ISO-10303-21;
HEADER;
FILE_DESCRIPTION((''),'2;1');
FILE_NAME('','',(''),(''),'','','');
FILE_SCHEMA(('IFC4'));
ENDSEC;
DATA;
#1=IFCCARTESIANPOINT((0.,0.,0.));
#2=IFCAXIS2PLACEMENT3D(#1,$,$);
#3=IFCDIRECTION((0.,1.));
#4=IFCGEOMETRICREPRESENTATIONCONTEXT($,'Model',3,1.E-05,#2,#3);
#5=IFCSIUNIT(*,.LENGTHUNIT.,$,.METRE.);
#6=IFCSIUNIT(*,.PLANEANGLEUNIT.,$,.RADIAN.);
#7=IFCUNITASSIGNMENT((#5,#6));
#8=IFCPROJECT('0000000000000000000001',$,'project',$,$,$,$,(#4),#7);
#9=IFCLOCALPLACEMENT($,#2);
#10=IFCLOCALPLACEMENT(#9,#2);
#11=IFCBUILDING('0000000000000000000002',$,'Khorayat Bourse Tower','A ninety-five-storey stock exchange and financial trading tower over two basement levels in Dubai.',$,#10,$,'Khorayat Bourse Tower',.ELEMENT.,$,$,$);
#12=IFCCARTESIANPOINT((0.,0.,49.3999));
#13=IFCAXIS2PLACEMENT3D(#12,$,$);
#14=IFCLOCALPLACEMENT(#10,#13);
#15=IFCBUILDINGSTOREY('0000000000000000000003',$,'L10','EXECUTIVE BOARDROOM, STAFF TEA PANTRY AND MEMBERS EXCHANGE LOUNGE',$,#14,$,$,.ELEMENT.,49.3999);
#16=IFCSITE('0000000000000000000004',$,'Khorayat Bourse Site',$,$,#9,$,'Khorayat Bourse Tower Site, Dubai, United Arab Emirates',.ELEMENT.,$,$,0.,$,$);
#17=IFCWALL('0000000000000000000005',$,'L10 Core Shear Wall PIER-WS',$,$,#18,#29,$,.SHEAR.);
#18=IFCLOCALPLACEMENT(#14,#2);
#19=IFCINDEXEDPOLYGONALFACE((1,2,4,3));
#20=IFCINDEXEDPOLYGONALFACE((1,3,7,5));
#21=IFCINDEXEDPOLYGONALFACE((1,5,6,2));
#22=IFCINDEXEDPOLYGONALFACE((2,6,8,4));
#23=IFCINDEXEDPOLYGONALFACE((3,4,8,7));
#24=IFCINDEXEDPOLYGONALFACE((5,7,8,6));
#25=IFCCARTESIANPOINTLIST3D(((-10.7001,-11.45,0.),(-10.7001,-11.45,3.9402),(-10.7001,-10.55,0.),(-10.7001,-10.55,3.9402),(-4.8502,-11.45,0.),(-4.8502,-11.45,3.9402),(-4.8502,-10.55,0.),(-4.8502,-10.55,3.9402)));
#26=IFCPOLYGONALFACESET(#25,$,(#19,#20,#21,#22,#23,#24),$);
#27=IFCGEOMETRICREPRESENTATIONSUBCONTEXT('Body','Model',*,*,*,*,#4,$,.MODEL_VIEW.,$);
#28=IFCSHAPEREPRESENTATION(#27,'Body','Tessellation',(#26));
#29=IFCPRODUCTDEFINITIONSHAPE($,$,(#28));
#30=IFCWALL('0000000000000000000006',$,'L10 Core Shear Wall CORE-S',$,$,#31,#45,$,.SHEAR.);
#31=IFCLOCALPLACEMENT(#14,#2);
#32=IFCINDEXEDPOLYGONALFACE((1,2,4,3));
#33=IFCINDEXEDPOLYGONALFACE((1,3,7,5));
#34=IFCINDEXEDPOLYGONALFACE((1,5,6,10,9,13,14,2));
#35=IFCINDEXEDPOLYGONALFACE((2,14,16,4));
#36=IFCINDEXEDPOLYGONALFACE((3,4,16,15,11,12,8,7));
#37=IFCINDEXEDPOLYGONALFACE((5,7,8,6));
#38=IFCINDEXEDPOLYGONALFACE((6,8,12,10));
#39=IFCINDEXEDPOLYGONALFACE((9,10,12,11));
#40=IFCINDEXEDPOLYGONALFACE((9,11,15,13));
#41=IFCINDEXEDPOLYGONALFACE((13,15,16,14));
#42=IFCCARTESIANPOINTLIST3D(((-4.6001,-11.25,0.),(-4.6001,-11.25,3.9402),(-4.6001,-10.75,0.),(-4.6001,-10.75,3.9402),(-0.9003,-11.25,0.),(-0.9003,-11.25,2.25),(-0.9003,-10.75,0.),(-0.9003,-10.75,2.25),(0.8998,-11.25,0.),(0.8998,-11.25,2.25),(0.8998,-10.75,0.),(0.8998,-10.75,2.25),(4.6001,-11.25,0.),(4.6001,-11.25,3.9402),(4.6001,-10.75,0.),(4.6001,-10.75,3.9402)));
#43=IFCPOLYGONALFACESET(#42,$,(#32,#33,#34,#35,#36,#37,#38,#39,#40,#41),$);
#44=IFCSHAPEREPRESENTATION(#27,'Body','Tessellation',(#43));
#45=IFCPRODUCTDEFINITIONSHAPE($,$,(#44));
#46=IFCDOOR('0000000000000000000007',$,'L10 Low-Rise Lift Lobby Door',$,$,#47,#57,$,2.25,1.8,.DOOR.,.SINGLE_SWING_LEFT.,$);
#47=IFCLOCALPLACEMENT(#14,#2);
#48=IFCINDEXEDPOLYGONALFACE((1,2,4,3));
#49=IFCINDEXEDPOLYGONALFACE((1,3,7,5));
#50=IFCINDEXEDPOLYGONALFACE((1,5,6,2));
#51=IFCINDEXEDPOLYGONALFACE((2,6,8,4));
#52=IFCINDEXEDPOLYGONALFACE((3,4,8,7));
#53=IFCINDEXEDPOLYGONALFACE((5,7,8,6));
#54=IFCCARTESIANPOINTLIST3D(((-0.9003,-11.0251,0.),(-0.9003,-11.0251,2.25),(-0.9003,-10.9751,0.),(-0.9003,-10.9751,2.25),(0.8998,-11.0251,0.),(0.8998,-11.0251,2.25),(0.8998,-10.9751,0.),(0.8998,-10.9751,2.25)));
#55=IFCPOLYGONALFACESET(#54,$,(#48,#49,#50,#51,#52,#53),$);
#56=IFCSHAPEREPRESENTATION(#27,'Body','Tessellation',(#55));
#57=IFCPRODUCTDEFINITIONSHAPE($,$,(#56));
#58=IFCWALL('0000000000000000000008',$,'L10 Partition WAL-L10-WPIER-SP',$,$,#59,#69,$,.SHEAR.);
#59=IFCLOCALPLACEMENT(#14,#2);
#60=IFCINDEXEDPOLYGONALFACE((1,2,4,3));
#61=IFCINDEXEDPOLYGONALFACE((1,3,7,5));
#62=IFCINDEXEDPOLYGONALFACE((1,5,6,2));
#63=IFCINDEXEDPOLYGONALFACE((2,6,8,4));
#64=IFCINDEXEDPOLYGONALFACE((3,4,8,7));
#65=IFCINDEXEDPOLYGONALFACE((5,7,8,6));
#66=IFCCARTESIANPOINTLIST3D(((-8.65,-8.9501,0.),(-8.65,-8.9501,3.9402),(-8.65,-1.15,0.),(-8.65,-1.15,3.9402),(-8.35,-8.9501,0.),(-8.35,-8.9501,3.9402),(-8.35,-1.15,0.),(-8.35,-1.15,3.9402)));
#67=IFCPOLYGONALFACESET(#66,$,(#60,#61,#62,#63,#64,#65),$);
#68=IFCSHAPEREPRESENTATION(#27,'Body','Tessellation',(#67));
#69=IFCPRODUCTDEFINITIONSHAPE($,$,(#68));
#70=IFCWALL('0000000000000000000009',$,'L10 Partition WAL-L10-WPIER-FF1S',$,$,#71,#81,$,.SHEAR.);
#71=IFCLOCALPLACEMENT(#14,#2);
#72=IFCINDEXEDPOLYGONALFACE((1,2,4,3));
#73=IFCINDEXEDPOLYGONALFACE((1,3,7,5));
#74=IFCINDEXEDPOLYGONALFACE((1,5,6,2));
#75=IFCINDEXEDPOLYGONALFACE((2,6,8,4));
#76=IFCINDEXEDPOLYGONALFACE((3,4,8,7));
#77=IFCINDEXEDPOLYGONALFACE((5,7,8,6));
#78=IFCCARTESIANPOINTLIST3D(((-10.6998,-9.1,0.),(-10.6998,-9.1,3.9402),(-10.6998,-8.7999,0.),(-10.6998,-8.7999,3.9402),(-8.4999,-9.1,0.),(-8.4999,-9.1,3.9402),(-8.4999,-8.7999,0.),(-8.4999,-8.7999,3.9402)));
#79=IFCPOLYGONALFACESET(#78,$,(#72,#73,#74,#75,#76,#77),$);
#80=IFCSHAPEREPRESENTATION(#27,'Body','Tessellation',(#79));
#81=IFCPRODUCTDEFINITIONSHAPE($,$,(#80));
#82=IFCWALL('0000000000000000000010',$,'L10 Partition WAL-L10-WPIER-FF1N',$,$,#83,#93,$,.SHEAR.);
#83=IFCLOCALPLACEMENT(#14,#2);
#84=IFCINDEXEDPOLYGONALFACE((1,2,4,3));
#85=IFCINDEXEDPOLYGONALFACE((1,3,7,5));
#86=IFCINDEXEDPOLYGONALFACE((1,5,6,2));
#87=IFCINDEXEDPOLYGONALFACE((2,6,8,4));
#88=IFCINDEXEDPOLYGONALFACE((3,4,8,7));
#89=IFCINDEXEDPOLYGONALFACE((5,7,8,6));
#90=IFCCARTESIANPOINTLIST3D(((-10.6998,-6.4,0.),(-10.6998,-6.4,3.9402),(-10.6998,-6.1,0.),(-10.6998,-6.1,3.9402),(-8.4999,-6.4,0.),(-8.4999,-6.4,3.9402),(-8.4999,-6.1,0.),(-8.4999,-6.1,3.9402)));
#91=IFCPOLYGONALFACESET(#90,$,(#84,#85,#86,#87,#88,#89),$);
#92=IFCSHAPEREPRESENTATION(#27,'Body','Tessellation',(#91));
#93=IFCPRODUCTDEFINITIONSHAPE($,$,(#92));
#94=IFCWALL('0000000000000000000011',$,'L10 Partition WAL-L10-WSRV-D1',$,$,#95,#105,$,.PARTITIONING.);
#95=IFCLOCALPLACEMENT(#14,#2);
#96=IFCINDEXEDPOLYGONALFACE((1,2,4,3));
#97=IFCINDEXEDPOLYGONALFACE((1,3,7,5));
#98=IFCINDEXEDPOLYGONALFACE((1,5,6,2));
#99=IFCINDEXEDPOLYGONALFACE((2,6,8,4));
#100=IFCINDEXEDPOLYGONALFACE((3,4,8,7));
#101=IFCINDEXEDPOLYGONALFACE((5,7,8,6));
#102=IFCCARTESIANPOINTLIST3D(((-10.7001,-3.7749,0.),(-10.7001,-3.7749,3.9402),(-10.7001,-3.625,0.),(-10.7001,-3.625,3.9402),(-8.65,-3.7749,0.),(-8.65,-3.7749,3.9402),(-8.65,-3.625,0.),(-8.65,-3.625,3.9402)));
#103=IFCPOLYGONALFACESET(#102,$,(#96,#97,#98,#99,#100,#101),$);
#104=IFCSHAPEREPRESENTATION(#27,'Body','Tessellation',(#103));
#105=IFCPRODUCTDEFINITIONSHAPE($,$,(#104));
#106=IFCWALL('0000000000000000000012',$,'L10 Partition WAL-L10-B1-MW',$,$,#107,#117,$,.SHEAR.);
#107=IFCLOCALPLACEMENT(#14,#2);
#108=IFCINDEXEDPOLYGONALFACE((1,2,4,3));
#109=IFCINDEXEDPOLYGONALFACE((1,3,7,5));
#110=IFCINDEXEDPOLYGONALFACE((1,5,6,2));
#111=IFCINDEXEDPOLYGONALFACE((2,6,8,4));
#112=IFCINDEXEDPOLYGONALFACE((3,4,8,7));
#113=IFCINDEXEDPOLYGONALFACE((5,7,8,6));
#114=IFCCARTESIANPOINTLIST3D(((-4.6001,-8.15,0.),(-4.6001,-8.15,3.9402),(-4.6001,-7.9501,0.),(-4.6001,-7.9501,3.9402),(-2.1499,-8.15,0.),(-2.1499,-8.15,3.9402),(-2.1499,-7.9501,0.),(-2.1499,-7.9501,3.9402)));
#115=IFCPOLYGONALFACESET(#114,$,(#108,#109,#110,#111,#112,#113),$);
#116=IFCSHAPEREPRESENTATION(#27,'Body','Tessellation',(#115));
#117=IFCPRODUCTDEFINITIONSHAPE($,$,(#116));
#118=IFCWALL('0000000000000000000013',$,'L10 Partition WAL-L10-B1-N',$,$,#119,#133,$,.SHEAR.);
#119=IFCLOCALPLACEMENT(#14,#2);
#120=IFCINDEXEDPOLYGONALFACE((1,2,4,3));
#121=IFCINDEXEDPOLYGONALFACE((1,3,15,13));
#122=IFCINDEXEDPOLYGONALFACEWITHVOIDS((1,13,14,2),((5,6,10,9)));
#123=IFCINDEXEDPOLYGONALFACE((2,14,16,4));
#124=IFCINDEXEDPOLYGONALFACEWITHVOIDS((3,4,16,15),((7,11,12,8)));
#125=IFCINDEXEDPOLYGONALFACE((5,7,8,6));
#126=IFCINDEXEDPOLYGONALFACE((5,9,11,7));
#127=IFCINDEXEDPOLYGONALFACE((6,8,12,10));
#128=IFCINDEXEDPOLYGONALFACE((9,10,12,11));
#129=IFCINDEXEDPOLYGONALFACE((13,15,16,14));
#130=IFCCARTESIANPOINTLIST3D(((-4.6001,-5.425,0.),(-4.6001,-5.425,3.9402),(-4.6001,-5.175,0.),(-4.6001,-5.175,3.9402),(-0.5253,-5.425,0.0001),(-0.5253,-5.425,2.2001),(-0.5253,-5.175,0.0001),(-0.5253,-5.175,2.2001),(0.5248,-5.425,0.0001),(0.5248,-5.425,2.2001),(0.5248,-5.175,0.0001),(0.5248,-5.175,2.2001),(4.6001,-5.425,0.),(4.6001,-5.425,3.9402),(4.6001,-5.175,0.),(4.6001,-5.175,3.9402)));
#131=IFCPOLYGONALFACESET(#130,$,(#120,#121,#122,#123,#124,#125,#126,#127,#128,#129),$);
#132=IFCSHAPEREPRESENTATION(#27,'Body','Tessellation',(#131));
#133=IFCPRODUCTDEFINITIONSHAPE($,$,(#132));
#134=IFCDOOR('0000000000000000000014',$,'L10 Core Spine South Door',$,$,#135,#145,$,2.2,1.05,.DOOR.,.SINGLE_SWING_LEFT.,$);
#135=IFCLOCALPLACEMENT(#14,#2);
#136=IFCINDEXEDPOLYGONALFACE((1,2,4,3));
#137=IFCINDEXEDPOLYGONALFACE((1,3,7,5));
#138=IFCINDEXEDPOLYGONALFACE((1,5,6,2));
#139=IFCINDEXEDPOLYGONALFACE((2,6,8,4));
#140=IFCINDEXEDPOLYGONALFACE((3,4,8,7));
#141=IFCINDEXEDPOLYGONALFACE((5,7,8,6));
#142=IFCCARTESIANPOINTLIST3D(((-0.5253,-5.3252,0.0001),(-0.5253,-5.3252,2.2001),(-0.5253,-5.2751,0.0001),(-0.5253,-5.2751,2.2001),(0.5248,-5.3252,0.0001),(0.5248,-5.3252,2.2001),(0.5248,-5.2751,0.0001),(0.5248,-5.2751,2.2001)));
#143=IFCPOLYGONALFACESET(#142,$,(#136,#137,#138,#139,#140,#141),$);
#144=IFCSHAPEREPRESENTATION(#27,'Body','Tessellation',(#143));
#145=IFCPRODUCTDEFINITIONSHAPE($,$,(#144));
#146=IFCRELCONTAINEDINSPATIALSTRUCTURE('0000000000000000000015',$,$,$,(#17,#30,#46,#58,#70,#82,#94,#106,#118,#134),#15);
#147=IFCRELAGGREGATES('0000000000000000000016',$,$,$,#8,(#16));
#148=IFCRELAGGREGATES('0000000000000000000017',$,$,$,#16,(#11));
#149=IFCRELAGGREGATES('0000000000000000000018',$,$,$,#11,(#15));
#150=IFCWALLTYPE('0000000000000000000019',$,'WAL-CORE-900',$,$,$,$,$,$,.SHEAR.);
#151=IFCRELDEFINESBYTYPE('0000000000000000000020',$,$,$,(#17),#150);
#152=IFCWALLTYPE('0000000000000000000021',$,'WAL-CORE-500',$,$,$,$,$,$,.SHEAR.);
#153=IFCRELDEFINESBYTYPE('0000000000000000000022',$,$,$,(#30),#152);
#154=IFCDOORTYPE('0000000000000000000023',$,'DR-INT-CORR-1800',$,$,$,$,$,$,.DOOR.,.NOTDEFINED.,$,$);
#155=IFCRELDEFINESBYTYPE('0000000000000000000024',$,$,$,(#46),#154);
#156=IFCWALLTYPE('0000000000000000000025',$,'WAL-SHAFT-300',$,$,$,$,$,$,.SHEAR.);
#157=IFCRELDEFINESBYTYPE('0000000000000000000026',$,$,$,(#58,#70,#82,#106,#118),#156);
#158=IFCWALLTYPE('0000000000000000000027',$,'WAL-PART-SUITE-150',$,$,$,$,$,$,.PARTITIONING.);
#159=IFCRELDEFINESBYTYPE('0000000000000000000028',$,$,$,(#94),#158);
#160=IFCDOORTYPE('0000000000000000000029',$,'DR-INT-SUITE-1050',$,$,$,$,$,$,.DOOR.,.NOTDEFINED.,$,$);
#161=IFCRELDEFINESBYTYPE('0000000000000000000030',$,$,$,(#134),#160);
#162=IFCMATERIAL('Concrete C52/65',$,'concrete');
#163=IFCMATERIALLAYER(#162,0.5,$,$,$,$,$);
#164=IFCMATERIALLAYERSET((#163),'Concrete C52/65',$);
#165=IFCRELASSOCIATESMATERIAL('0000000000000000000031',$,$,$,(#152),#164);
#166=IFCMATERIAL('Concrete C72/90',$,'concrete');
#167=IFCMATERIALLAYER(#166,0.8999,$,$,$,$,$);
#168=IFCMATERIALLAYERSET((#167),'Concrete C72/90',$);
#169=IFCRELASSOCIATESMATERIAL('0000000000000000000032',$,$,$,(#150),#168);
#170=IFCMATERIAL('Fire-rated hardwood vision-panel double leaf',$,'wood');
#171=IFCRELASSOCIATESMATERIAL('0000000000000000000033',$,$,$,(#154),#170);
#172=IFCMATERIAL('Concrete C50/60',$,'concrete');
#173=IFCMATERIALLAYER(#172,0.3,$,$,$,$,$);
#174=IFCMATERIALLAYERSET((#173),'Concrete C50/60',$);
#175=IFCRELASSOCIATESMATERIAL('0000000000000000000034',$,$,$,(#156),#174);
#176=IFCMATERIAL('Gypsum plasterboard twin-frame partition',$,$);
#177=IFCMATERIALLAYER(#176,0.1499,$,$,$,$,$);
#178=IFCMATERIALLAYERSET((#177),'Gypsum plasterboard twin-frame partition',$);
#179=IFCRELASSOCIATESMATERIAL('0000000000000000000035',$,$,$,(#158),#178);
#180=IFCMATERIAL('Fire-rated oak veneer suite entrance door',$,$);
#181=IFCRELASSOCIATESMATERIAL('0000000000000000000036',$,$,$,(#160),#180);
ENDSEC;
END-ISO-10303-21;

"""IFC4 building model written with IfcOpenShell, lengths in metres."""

from ifc_helpers import new_model, si_unit, direction, frame, frame_2d, origin, place, context, subcontext, project, spatial, rectangle, extrude, source, transform, mapped, material, layer, layer_set, type_object, element, fill, save


model = new_model("IFC4")

# Units and contexts
model_context = context("Model", 3, precision=1e-05, world=origin(), true_north=direction((0.0, 1.0)))
body_context = subcontext(model_context, "Body", "Model", "MODEL_VIEW")
ifc_project = project(units=[si_unit("LENGTHUNIT", "METRE"), si_unit("PLANEANGLEUNIT", "RADIAN")], contexts=[model_context])

# Site, building, storey
site_placement = place(None, origin())
site = spatial("IfcSite", under=ifc_project, at=site_placement, Name="Khorayat Bourse Site", LongName="Khorayat Bourse Tower Site, Dubai, United Arab Emirates", CompositionType="ELEMENT", RefElevation=0.0)
building_placement = place(site_placement, origin())
building = spatial("IfcBuilding", under=site, at=building_placement, Name="Khorayat Bourse Tower", Description="A ninety-five-storey stock exchange and financial trading tower over two basement levels in Dubai.", LongName="Khorayat Bourse Tower", CompositionType="ELEMENT")
storey_placement = place(building_placement, frame((0.0, 0.0, 49.3999)))
storey = spatial("IfcBuildingStorey", under=building, at=storey_placement, Name="L10", Description="EXECUTIVE BOARDROOM, STAFF TEA PANTRY AND MEMBERS EXCHANGE LOUNGE", CompositionType="ELEMENT", Elevation=49.3999)

# Shared definitions
ifc_material_1 = material(Name="Concrete C72/90", Category="concrete")

# Wall
ifc_material_2 = material(Name="Concrete C52/65", Category="concrete")
ifc_layer_1 = layer(ifc_material_2, 0.5)
ifc_layer_set_1 = layer_set([ifc_layer_1], Name="Concrete C52/65")
wall_type_1 = type_object("IfcWallType", Name="WAL-CORE-500", PredefinedType="SHEAR", material=ifc_layer_set_1)
ifc_layer_2 = layer(ifc_material_1, 0.8999)
ifc_layer_set_2 = layer_set([ifc_layer_2], Name="Concrete C72/90")
wall_type_2 = type_object("IfcWallType", Name="WAL-CORE-900", PredefinedType="SHEAR", material=ifc_layer_set_2)
shared_shape_1 = source(origin(), body_context, "Body", "SweptSolid", [
    extrude(rectangle(XDim=5.8499, YDim=0.8999, at=frame_2d((2.9248, 0.0))), origin(), (0.0, 0.0, 1.0), 3.9402),
])
wall_1_placement = place(storey_placement, frame((-10.7, -11.0, 0.0), z_axis=(0.0, 0.0, 1.0), x_axis=(1.0, 0.0, 0.0)))
element("IfcWall", 1, at=wall_1_placement, inside=storey, type_object=wall_type_2, Name="L10 Core Shear Wall PIER-WS", PredefinedType="SHEAR", context=body_context, shape_type="MappedRepresentation", body=[
    mapped(shared_shape_1, transform((0.0, 0.0, 0.0), scale=1.0)),
])

# Wall, opening, door
shared_shape_2 = source(origin(), body_context, "Body", "SweptSolid", [
    extrude(rectangle(XDim=9.2002, YDim=0.5, at=frame_2d((4.6001, 0.0))), origin(), (0.0, 0.0, 1.0), 3.9402),
])
wall_2_placement = place(storey_placement, frame((-4.6001, -11.0, 0.0), z_axis=(0.0, 0.0, 1.0), x_axis=(1.0, 0.0, 0.0)))
wall_2 = element("IfcWall", 2, at=wall_2_placement, inside=storey, type_object=wall_type_1, Name="L10 Core Shear Wall CORE-S", PredefinedType="SHEAR", context=body_context, shape_type="MappedRepresentation", body=[
    mapped(shared_shape_2, transform((0.0, 0.0, 0.0), scale=1.0)),
])
shared_shape_3 = source(origin(), body_context, "Body", "SweptSolid", [
    extrude(rectangle(XDim=1.8, YDim=2.25, at=frame_2d((0.8999, 1.125))), frame((0.0, 0.26, 0.0), z_axis=(0.0, -1.0, 0.0), x_axis=(1.0, 0.0, 0.0)), (0.0, 0.0, 1.0), 0.52),
])
opening_1_placement = place(wall_2_placement, frame((3.7, 0.0, 0.0)))
opening_1 = element("IfcOpeningElement", 3, at=opening_1_placement, cuts=wall_2, PredefinedType="OPENING", context=body_context, shape_type="MappedRepresentation", body=[
    mapped(shared_shape_3, transform((0.0, 0.0, 0.0), scale=1.0)),
])
ifc_material_3 = material(Name="Fire-rated hardwood vision-panel double leaf", Category="wood")
door_type_1 = type_object("IfcDoorType", Name="DR-INT-CORR-1800", OperationType="NOTDEFINED", PredefinedType="DOOR", material=ifc_material_3)
shared_shape_4 = source(origin(), body_context, "Body", "SweptSolid", [
    extrude(rectangle(XDim=1.8, YDim=2.25, at=frame_2d((0.8999, 1.125))), frame((0.0, 0.0249, 0.0), z_axis=(0.0, -1.0, 0.0), x_axis=(1.0, 0.0, 0.0)), (0.0, 0.0, 1.0), 0.05),
])
door_1_placement = place(opening_1_placement, origin())
door_1 = element("IfcDoor", 4, at=door_1_placement, inside=storey, type_object=door_type_1, Name="L10 Low-Rise Lift Lobby Door", OperationType="SINGLE_SWING_LEFT", OverallHeight=2.25, OverallWidth=1.8, PredefinedType="DOOR", context=body_context, shape_type="MappedRepresentation", body=[
    mapped(shared_shape_4, transform((0.0, 0.0, 0.0), scale=1.0)),
])
fill(opening_1, door_1)

# Walls
ifc_material_4 = material(Name="Concrete C50/60", Category="concrete")
ifc_layer_3 = layer(ifc_material_4, 0.3)
ifc_layer_set_3 = layer_set([ifc_layer_3], Name="Concrete C50/60")
wall_type_3 = type_object("IfcWallType", Name="WAL-SHAFT-300", PredefinedType="SHEAR", material=ifc_layer_set_3)
shared_shape_5 = source(origin(), body_context, "Body", "SweptSolid", [
    extrude(rectangle(XDim=7.8, YDim=0.3, at=frame_2d((3.8999, 0.0))), origin(), (0.0, 0.0, 1.0), 3.9402),
])
wall_3_placement = place(storey_placement, frame((-8.5, -8.95, 0.0), z_axis=(0.0, 0.0, 1.0), x_axis=(0.0, 1.0, 0.0)))
element("IfcWall", 5, at=wall_3_placement, inside=storey, type_object=wall_type_3, Name="L10 Partition WAL-L10-WPIER-SP", PredefinedType="SHEAR", context=body_context, shape_type="MappedRepresentation", body=[
    mapped(shared_shape_5, transform((0.0, 0.0, 0.0), scale=1.0)),
])
shared_shape_6 = source(origin(), body_context, "Body", "SweptSolid", [
    extrude(rectangle(XDim=2.2, YDim=0.3, at=frame_2d((1.1001, 0.0))), origin(), (0.0, 0.0, 1.0), 3.9402),
])
for number, where, z_axis, x_axis, name in (
    (6, (-10.7, -8.95, 0.0), (0.0, 0.0, 1.0), (1.0, 0.0, 0.0), "L10 Partition WAL-L10-WPIER-FF1S"),
    (7, (-10.7, -6.25, 0.0), (0.0, 0.0, 1.0), (1.0, 0.0, 0.0), "L10 Partition WAL-L10-WPIER-FF1N"),
):
    element("IfcWall", number, at=place(storey_placement, frame(where, z_axis=z_axis, x_axis=x_axis)), inside=storey, type_object=wall_type_3, Name=name, PredefinedType="SHEAR", context=body_context, shape_type="MappedRepresentation", body=[
        mapped(shared_shape_6, transform((0.0, 0.0, 0.0), scale=1.0)),
    ])
ifc_material_5 = material(Name="Gypsum plasterboard twin-frame partition")
ifc_layer_4 = layer(ifc_material_5, 0.1499)
ifc_layer_set_4 = layer_set([ifc_layer_4], Name="Gypsum plasterboard twin-frame partition")
wall_type_4 = type_object("IfcWallType", Name="WAL-PART-SUITE-150", PredefinedType="PARTITIONING", material=ifc_layer_set_4)
shared_shape_7 = source(origin(), body_context, "Body", "SweptSolid", [
    extrude(rectangle(XDim=2.05, YDim=0.1499, at=frame_2d((1.0249, 0.0))), origin(), (0.0, 0.0, 1.0), 3.9402),
])
wall_4_placement = place(storey_placement, frame((-10.7, -3.7, 0.0), z_axis=(0.0, 0.0, 1.0), x_axis=(1.0, 0.0, 0.0)))
element("IfcWall", 8, at=wall_4_placement, inside=storey, type_object=wall_type_4, Name="L10 Partition WAL-L10-WSRV-D1", PredefinedType="PARTITIONING", context=body_context, shape_type="MappedRepresentation", body=[
    mapped(shared_shape_7, transform((0.0, 0.0, 0.0), scale=1.0)),
])
shared_shape_8 = source(origin(), body_context, "Body", "SweptSolid", [
    extrude(rectangle(XDim=2.4502, YDim=0.2, at=frame_2d((1.2251, 0.0))), origin(), (0.0, 0.0, 1.0), 3.9402),
])
wall_5_placement = place(storey_placement, frame((-4.6001, -8.05, 0.0), z_axis=(0.0, 0.0, 1.0), x_axis=(1.0, 0.0, 0.0)))
element("IfcWall", 9, at=wall_5_placement, inside=storey, type_object=wall_type_3, Name="L10 Partition WAL-L10-B1-MW", PredefinedType="SHEAR", context=body_context, shape_type="MappedRepresentation", body=[
    mapped(shared_shape_8, transform((0.0, 0.0, 0.0), scale=1.0)),
])

# Wall, opening, door
shared_shape_9 = source(origin(), body_context, "Body", "SweptSolid", [
    extrude(rectangle(XDim=9.2002, YDim=0.25, at=frame_2d((4.6001, 0.0))), origin(), (0.0, 0.0, 1.0), 3.9402),
])
wall_6_placement = place(storey_placement, frame((-4.6001, -5.3, 0.0), z_axis=(0.0, 0.0, 1.0), x_axis=(1.0, 0.0, 0.0)))
wall_6 = element("IfcWall", 10, at=wall_6_placement, inside=storey, type_object=wall_type_3, Name="L10 Partition WAL-L10-B1-N", PredefinedType="SHEAR", context=body_context, shape_type="MappedRepresentation", body=[
    mapped(shared_shape_9, transform((0.0, 0.0, 0.0), scale=1.0)),
])
shared_shape_10 = source(origin(), body_context, "Body", "SweptSolid", [
    extrude(rectangle(XDim=1.05, YDim=2.2, at=frame_2d((0.5249, 1.1001))), frame((0.0, 0.135, 0.0), z_axis=(0.0, -1.0, 0.0), x_axis=(1.0, 0.0, 0.0)), (0.0, 0.0, 1.0), 0.27),
])
opening_2_placement = place(wall_6_placement, frame((4.075, 0.0, 0.0)))
opening_2 = element("IfcOpeningElement", 11, at=opening_2_placement, cuts=wall_6, PredefinedType="OPENING", context=body_context, shape_type="MappedRepresentation", body=[
    mapped(shared_shape_10, transform((0.0, 0.0, 0.0), scale=1.0)),
])
ifc_material_6 = material(Name="Fire-rated oak veneer suite entrance door")
door_type_2 = type_object("IfcDoorType", Name="DR-INT-SUITE-1050", OperationType="NOTDEFINED", PredefinedType="DOOR", material=ifc_material_6)
shared_shape_11 = source(origin(), body_context, "Body", "SweptSolid", [
    extrude(rectangle(XDim=1.05, YDim=2.2, at=frame_2d((0.5249, 1.1001))), frame((0.0, 0.0249, 0.0), z_axis=(0.0, -1.0, 0.0), x_axis=(1.0, 0.0, 0.0)), (0.0, 0.0, 1.0), 0.05),
])
door_2_placement = place(opening_2_placement, origin())
door_2 = element("IfcDoor", 12, at=door_2_placement, inside=storey, type_object=door_type_2, Name="L10 Core Spine South Door", OperationType="SINGLE_SWING_LEFT", OverallHeight=2.2, OverallWidth=1.05, PredefinedType="DOOR", context=body_context, shape_type="MappedRepresentation", body=[
    mapped(shared_shape_11, transform((0.0, 0.0, 0.0), scale=1.0)),
])
fill(opening_2, door_2)

save(model, "model.ifc")
